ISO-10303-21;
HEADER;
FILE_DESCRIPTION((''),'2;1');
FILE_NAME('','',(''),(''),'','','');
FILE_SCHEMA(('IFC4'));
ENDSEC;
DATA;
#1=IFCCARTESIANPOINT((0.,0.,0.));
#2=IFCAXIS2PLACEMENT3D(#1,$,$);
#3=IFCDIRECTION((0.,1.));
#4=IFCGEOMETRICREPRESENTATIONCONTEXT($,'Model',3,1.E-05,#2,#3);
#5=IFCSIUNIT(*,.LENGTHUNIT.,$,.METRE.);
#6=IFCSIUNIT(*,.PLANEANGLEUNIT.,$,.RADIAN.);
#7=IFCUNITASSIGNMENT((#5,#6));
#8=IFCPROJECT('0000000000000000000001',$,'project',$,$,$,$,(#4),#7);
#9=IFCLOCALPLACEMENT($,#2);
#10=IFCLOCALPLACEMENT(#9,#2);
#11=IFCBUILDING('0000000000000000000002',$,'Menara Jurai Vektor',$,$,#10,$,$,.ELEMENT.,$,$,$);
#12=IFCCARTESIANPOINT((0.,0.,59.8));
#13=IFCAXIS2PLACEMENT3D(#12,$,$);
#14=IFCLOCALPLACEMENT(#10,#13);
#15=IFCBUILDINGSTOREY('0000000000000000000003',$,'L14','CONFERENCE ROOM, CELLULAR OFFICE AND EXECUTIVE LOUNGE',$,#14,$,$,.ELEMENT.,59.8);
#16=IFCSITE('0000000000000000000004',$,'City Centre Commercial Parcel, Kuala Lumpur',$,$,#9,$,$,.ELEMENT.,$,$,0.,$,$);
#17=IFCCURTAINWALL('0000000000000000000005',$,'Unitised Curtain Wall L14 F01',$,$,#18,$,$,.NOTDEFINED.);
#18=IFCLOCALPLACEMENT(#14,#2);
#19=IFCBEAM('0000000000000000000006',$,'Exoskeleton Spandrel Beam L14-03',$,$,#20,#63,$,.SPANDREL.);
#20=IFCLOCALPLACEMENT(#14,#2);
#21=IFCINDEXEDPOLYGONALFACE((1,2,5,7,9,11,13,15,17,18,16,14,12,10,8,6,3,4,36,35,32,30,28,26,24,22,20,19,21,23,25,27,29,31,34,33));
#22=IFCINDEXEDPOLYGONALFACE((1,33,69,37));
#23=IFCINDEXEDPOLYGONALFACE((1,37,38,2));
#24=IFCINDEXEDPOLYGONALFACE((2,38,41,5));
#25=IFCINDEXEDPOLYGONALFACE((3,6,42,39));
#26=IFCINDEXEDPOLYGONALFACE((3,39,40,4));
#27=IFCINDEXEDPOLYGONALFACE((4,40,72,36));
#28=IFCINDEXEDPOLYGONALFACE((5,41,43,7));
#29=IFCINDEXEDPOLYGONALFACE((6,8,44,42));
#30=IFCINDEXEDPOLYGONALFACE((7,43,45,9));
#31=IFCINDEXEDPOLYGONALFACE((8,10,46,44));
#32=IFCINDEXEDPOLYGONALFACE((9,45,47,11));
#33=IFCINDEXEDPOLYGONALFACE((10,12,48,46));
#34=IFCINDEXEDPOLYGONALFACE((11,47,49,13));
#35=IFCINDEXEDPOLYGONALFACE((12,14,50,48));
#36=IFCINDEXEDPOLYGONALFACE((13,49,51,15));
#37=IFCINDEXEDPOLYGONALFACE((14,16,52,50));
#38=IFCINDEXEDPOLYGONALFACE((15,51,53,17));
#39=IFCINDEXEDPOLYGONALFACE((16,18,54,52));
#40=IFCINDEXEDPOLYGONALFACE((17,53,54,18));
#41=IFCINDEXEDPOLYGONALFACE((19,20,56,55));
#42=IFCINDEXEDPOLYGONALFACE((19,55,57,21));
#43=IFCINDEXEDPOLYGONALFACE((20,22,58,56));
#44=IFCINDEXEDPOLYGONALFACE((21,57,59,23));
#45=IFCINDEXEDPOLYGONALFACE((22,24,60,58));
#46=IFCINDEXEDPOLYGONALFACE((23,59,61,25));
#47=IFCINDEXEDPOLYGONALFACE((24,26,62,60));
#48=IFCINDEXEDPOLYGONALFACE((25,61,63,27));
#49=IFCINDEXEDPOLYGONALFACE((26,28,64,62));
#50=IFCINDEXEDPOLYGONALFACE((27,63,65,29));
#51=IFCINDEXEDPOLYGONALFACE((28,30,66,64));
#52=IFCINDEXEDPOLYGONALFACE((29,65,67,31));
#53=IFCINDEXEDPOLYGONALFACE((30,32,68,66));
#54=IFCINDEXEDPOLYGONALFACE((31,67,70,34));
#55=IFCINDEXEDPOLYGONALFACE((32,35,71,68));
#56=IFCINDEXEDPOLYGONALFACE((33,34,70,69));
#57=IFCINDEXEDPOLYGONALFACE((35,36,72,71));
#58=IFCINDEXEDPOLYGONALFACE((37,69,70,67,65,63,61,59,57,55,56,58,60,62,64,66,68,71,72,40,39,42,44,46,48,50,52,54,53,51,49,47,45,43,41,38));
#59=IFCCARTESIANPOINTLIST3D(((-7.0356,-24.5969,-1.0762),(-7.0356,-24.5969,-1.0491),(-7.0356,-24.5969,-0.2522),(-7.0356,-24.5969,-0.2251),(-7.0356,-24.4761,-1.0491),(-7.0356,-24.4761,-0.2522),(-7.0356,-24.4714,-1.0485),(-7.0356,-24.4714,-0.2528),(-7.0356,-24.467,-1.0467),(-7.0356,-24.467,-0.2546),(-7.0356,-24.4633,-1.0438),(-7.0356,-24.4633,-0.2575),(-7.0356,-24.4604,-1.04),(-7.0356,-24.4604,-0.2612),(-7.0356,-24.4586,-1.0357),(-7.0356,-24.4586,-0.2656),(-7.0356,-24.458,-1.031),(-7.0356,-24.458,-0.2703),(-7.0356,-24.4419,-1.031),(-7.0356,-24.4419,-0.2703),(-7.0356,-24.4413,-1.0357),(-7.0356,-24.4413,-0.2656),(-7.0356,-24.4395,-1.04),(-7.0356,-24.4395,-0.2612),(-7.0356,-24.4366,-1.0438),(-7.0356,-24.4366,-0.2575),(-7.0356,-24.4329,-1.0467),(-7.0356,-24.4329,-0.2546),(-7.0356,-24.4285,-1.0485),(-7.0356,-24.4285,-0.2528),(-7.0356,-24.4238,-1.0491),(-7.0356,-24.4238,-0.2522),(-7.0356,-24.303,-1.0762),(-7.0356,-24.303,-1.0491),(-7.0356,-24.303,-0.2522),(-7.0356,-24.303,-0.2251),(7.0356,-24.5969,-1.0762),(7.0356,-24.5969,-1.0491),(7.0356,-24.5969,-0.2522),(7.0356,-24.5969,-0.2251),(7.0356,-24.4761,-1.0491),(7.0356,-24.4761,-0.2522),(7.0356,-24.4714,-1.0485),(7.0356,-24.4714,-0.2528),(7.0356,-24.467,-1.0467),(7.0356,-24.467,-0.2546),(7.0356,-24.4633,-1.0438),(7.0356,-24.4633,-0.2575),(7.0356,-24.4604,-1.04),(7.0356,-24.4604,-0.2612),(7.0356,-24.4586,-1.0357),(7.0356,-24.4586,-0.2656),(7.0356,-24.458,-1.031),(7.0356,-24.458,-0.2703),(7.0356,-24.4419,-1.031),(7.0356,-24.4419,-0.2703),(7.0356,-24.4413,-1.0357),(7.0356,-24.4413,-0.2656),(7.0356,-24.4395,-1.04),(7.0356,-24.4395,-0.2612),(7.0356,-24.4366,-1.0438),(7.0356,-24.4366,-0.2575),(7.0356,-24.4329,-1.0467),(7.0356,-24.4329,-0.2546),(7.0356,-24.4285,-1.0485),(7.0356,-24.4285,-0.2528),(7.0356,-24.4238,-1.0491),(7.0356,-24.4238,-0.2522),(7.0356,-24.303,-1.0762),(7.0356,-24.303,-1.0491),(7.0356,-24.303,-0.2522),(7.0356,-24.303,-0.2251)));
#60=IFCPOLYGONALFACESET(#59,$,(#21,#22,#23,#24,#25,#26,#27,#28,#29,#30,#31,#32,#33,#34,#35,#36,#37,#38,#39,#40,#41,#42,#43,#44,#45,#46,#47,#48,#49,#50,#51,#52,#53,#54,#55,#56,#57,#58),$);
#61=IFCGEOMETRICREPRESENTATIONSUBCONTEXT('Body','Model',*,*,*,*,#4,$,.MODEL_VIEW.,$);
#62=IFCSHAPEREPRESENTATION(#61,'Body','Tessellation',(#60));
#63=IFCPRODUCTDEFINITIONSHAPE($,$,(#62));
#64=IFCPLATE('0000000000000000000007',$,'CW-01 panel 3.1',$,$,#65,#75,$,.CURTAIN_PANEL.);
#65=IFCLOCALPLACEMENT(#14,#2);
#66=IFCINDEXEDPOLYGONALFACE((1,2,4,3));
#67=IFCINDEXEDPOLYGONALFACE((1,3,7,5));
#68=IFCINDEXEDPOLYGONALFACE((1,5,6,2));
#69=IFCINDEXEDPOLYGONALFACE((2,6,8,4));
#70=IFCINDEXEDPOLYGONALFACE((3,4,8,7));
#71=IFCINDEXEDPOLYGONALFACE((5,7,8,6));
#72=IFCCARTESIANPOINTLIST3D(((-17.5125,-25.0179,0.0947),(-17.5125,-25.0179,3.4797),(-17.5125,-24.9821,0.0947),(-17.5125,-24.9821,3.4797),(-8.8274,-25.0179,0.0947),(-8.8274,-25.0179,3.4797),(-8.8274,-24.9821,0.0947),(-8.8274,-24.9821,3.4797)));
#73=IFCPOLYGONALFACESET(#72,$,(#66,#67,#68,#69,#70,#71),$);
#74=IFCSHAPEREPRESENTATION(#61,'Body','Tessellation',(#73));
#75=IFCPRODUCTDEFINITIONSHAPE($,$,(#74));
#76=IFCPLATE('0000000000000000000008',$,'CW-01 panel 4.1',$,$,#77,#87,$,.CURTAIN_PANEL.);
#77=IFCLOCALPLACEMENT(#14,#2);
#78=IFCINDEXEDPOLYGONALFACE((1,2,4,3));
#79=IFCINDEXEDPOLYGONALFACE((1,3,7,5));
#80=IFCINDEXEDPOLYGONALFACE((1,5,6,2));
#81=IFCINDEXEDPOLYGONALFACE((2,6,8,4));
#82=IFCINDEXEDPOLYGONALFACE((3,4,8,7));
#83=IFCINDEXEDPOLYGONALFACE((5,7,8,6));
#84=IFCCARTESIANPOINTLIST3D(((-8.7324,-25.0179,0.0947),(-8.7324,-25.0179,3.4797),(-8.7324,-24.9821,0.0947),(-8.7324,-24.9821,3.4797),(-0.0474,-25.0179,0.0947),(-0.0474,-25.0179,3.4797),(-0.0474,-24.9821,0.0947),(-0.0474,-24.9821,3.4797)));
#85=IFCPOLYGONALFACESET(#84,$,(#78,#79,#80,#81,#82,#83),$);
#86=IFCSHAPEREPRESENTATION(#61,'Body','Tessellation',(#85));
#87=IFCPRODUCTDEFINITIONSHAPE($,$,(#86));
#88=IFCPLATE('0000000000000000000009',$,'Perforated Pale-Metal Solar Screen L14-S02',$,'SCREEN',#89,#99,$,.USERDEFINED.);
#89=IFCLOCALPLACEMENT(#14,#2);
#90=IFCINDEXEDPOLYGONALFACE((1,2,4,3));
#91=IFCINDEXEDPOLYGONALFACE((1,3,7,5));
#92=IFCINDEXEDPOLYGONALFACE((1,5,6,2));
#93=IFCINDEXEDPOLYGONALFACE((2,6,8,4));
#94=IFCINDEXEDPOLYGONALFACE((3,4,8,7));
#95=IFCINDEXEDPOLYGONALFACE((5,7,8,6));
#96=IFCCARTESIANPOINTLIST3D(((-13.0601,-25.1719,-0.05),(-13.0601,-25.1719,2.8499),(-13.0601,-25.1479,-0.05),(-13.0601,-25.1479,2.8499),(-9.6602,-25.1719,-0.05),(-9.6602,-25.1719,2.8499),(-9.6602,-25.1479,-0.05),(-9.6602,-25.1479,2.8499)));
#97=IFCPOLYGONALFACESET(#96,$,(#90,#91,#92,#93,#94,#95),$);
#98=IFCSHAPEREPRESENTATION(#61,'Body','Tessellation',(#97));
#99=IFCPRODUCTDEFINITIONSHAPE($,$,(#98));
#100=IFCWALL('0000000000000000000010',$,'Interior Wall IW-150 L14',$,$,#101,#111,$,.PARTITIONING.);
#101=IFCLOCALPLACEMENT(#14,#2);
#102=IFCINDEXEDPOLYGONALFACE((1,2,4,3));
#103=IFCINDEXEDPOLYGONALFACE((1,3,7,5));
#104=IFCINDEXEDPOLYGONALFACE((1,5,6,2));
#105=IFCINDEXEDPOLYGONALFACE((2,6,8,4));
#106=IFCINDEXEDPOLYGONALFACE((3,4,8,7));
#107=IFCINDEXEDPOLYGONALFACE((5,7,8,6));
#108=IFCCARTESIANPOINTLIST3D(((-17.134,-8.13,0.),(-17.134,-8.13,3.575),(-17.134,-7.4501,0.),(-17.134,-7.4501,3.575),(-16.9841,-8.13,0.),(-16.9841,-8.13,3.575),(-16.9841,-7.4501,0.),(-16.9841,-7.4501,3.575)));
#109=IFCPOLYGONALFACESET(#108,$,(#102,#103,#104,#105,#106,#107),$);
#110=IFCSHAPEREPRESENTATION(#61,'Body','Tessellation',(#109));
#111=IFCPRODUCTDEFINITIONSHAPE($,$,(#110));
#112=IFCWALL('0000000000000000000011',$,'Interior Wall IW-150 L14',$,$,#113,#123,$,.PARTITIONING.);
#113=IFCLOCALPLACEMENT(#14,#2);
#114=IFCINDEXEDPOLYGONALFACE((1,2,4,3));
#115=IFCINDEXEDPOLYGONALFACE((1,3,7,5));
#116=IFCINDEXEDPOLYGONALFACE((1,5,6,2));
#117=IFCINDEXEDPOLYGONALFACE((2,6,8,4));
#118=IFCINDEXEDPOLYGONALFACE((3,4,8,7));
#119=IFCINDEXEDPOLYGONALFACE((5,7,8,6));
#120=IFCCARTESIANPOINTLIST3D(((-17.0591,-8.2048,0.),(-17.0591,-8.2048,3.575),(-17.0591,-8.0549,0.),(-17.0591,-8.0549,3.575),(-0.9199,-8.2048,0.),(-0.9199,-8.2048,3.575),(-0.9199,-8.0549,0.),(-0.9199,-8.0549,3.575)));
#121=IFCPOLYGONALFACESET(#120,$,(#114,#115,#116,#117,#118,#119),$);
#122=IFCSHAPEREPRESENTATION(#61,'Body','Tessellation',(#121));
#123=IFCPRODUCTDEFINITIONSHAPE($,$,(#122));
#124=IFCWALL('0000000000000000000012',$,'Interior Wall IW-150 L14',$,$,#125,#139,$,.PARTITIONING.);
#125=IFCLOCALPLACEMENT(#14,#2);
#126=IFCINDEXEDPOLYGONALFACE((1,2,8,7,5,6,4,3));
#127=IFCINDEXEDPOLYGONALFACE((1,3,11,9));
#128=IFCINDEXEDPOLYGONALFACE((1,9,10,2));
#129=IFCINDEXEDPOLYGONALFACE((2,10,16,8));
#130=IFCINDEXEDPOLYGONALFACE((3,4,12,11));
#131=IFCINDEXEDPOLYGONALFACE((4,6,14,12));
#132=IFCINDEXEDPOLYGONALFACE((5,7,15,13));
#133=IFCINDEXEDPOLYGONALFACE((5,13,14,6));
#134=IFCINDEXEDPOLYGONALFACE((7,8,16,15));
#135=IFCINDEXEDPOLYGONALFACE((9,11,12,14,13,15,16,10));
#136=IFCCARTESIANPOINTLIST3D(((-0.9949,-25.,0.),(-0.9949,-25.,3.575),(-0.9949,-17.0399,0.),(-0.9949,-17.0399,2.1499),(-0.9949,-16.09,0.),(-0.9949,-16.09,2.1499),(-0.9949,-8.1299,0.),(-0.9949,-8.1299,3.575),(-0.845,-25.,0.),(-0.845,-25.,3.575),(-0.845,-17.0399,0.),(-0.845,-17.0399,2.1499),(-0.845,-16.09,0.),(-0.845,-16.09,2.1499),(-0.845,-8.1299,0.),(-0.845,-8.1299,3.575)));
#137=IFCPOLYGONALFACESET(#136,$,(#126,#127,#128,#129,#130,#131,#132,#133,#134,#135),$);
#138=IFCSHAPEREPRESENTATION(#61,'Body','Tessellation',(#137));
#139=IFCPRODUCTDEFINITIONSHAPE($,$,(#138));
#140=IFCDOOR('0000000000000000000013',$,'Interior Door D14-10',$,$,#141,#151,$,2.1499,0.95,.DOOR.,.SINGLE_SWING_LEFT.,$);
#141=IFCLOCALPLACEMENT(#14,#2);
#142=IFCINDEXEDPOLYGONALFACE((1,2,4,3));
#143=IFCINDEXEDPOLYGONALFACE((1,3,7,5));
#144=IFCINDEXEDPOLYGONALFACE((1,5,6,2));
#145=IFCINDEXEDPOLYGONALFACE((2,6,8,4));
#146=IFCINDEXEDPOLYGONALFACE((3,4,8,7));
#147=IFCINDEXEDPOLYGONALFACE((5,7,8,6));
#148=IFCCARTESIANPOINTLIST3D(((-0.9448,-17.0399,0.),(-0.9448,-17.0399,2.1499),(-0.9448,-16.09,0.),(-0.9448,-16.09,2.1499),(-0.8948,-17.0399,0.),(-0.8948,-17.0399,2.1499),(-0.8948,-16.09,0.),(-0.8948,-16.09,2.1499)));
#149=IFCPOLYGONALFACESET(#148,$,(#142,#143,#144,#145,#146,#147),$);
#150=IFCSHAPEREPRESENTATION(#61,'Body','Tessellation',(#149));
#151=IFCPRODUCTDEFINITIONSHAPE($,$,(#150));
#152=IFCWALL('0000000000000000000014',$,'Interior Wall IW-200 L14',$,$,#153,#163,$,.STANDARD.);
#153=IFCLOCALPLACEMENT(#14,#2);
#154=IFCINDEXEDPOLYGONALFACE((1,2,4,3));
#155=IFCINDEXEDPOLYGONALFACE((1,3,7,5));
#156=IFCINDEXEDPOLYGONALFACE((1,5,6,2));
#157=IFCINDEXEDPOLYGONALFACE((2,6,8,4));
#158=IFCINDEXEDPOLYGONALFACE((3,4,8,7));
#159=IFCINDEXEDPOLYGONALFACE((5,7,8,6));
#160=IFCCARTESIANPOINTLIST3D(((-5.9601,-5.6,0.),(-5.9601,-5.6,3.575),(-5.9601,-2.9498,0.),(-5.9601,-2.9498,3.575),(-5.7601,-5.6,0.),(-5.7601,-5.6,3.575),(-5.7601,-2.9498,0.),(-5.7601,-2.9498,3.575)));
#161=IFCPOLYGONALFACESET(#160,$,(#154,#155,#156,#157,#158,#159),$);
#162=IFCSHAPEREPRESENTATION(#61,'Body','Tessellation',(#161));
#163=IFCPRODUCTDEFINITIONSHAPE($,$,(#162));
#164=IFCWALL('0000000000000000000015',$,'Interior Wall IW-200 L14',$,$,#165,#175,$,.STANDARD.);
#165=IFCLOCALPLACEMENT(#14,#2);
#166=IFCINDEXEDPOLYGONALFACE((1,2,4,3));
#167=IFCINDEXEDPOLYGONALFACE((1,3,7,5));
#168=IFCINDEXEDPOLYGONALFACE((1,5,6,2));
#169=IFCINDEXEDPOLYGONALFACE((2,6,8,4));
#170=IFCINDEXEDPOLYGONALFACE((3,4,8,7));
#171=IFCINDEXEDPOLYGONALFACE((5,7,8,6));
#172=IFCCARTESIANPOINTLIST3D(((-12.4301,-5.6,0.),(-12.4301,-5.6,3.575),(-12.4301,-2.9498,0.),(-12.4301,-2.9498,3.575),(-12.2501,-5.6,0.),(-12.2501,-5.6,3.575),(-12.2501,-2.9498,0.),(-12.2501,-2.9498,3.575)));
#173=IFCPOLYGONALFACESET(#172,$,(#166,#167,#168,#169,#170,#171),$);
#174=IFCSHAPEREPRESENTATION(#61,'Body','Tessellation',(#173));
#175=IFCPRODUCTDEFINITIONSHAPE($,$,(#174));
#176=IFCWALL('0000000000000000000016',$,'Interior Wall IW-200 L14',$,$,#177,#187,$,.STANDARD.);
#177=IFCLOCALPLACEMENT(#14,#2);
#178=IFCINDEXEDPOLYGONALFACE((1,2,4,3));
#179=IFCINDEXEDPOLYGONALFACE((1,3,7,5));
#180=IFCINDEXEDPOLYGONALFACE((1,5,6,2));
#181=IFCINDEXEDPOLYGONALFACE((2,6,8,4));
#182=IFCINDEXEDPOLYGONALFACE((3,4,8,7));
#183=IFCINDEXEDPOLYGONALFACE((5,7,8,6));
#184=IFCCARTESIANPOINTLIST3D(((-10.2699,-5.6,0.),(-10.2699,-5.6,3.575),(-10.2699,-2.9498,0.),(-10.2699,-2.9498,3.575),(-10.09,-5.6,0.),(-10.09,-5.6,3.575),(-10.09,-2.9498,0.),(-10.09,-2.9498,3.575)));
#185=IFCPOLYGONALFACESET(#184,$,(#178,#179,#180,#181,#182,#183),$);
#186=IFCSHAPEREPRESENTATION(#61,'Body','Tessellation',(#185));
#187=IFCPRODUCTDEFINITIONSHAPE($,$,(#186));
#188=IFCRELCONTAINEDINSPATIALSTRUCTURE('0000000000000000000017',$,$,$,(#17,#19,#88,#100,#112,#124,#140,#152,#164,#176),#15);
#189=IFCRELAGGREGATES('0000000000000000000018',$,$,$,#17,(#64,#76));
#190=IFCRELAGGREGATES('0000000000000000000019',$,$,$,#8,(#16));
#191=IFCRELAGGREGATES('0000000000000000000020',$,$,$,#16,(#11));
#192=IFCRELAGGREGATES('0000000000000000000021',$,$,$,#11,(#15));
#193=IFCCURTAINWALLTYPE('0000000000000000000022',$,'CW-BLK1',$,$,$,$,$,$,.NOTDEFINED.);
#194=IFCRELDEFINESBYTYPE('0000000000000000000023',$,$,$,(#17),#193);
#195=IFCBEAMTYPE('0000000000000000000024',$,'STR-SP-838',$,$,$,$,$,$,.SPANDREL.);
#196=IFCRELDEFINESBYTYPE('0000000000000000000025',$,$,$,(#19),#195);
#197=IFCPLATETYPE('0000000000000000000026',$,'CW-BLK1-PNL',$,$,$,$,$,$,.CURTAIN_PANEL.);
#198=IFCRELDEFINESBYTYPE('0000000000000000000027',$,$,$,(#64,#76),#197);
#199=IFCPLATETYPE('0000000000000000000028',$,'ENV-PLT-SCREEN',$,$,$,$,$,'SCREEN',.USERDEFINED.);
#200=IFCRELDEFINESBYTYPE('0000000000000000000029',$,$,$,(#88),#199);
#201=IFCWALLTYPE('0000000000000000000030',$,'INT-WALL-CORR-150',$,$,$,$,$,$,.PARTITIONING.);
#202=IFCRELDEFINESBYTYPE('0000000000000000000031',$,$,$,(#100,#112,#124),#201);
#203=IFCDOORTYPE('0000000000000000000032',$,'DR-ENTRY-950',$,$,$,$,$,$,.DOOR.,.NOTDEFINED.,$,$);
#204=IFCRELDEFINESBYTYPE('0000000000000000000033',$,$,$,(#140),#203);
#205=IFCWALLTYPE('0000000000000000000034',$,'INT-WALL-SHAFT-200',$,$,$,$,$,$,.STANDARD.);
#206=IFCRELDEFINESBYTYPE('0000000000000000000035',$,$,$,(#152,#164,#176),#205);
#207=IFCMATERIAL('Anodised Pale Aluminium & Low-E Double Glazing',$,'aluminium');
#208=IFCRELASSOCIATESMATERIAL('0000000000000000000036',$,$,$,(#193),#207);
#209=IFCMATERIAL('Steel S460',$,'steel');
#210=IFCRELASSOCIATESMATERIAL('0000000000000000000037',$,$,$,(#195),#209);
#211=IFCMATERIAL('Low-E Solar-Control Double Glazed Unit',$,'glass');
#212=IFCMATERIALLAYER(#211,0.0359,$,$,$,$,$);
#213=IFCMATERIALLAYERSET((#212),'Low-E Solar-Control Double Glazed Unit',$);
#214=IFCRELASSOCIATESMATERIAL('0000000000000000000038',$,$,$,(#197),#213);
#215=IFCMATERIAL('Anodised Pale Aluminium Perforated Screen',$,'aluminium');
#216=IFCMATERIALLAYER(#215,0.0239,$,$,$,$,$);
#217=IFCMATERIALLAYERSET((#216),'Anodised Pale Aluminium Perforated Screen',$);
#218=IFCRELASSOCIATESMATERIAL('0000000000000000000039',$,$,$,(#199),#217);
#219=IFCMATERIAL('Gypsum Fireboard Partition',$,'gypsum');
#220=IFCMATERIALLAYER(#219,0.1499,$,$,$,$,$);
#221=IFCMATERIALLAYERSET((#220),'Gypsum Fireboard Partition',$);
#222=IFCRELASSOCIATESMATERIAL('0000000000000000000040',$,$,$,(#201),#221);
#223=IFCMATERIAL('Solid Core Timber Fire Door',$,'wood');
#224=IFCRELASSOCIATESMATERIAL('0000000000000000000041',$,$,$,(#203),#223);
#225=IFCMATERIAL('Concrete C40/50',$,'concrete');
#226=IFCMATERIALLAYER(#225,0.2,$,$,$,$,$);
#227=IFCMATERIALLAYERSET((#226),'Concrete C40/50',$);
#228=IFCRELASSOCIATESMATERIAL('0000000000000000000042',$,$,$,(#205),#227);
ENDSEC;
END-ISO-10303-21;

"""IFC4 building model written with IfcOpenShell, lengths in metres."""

from ifc_helpers import new_model, si_unit, direction, frame, frame_2d, origin, origin_2d, place, context, subcontext, project, spatial, rectangle, i_section, extrude, material, layer, layer_set, material_profile, profile_set, type_object, element, fill, aggregate, save


model = new_model("IFC4")

# Units and contexts
model_context = context("Model", 3, precision=1e-05, world=origin(), true_north=direction((0.0, 1.0)))
body_context = subcontext(model_context, "Body", "Model", "MODEL_VIEW")
ifc_project = project(units=[si_unit("LENGTHUNIT", "METRE"), si_unit("PLANEANGLEUNIT", "RADIAN")], contexts=[model_context])

# Site, building, storey
site_placement = place(None, origin())
site = spatial("IfcSite", under=ifc_project, at=site_placement, Name="City Centre Commercial Parcel, Kuala Lumpur", CompositionType="ELEMENT", RefElevation=0.0)
building_placement = place(site_placement, origin())
building = spatial("IfcBuilding", under=site, at=building_placement, Name="Menara Jurai Vektor", CompositionType="ELEMENT")
storey_placement = place(building_placement, frame((0.0, 0.0, 59.8)))
storey = spatial("IfcBuildingStorey", under=building, at=storey_placement, Name="L14", Description="CONFERENCE ROOM, CELLULAR OFFICE AND EXECUTIVE LOUNGE", CompositionType="ELEMENT", Elevation=59.8)

# Shared definitions
ifc_material_1 = material(Name="Steel S460", Category="steel")

# Curtain wall
ifc_material_2 = material(Name="Anodised Pale Aluminium & Low-E Double Glazing", Category="aluminium")
curtain_wall_type = type_object("IfcCurtainWallType", Name="CW-BLK1", PredefinedType="NOTDEFINED", material=ifc_material_2)
curtain_wall_placement = place(storey_placement, origin())
curtain_wall = element("IfcCurtainWall", 1, at=curtain_wall_placement, inside=storey, type_object=curtain_wall_type, Name="Unitised Curtain Wall L14 F01", PredefinedType="NOTDEFINED")

# Beam
ifc_material_profile_1 = material_profile(ifc_material_1, i_section(OverallWidth=0.2939, OverallDepth=0.8511, WebThickness=0.0161, FlangeThickness=0.0271, FilletRadius=0.0181, at=origin_2d()), Name="UKB 838x292x226")
ifc_profile_set_1 = profile_set([ifc_material_profile_1], Name="Steel S460")
beam_type_1 = type_object("IfcBeamType", Name="STR-SP-838", PredefinedType="SPANDREL", material=ifc_profile_set_1)
beam_1_placement = place(storey_placement, frame((-7.0356, -24.45, -0.6506), z_axis=(1.0, 0.0, 0.0), x_axis=(0.0, 1.0, 0.0)))
element("IfcBeam", 2, at=beam_1_placement, inside=storey, type_object=beam_type_1, Name="Exoskeleton Spandrel Beam L14-03", PredefinedType="SPANDREL", context=body_context, shape_type="SweptSolid", body=[
    extrude(i_section(OverallWidth=0.2939, OverallDepth=0.8511, WebThickness=0.0161, FlangeThickness=0.0271, FilletRadius=0.0181, at=origin_2d()), origin(), (0.0, 0.0, 1.0), 14.0713),
])

# Plates
ifc_material_3 = material(Name="Low-E Solar-Control Double Glazed Unit", Category="glass")
ifc_layer_1 = layer(ifc_material_3, 0.0359)
ifc_layer_set_1 = layer_set([ifc_layer_1], Name="Low-E Solar-Control Double Glazed Unit")
plate_type_1 = type_object("IfcPlateType", Name="CW-BLK1-PNL", PredefinedType="CURTAIN_PANEL", material=ifc_layer_set_1)
plate_1_placement = place(storey_placement, frame((-13.1699, -25.0, 0.0947), z_axis=(0.0, 0.0, 1.0), x_axis=(1.0, 0.0, 0.0)))
plate_1 = element("IfcPlate", 3, at=plate_1_placement, type_object=plate_type_1, Name="CW-01 panel 3.1", PredefinedType="CURTAIN_PANEL", context=body_context, shape_type="SweptSolid", body=[
    extrude(rectangle(XDim=8.6851, YDim=0.0359, at=origin_2d()), origin(), (0.0, 0.0, 1.0), 3.385),
])
plate_2_placement = place(storey_placement, frame((-4.3899, -25.0, 0.0947), z_axis=(0.0, 0.0, 1.0), x_axis=(1.0, 0.0, 0.0)))
plate_2 = element("IfcPlate", 4, at=plate_2_placement, type_object=plate_type_1, Name="CW-01 panel 4.1", PredefinedType="CURTAIN_PANEL", context=body_context, shape_type="SweptSolid", body=[
    extrude(rectangle(XDim=8.6851, YDim=0.0359, at=origin_2d()), origin(), (0.0, 0.0, 1.0), 3.385),
])
aggregate(curtain_wall, [plate_1, plate_2])
ifc_material_4 = material(Name="Anodised Pale Aluminium Perforated Screen", Category="aluminium")
ifc_layer_2 = layer(ifc_material_4, 0.0239)
ifc_layer_set_2 = layer_set([ifc_layer_2], Name="Anodised Pale Aluminium Perforated Screen")
plate_type_2 = type_object("IfcPlateType", Name="ENV-PLT-SCREEN", ElementType="SCREEN", PredefinedType="USERDEFINED", material=ifc_layer_set_2)
plate_3_placement = place(storey_placement, frame((-11.3601, -25.1599, -0.05), z_axis=(0.0, 0.0, 1.0), x_axis=(1.0, 0.0, 0.0)))
element("IfcPlate", 5, at=plate_3_placement, inside=storey, type_object=plate_type_2, Name="Perforated Pale-Metal Solar Screen L14-S02", ObjectType="SCREEN", PredefinedType="USERDEFINED", context=body_context, shape_type="SweptSolid", body=[
    extrude(rectangle(XDim=3.3999, YDim=0.0239, at=origin_2d()), origin(), (0.0, 0.0, 1.0), 2.8999),
])

# Walls
ifc_material_5 = material(Name="Gypsum Fireboard Partition", Category="gypsum")
ifc_layer_3 = layer(ifc_material_5, 0.1499)
ifc_layer_set_3 = layer_set([ifc_layer_3], Name="Gypsum Fireboard Partition")
wall_type_1 = type_object("IfcWallType", Name="INT-WALL-CORR-150", PredefinedType="PARTITIONING", material=ifc_layer_set_3)
wall_1_placement = place(storey_placement, frame((-17.0591, -8.1299, 0.0), z_axis=(0.0, 0.0, 1.0), x_axis=(0.0, 1.0, 0.0)))
element("IfcWall", 6, at=wall_1_placement, inside=storey, type_object=wall_type_1, Name="Interior Wall IW-150 L14", PredefinedType="PARTITIONING", context=body_context, shape_type="SweptSolid", body=[
    extrude(rectangle(XDim=0.6799, YDim=0.1499, at=frame_2d((0.3398, 0.0))), origin(), (0.0, 0.0, 1.0), 3.575),
])
wall_2_placement = place(storey_placement, frame((-17.0591, -8.1299, 0.0), z_axis=(0.0, 0.0, 1.0), x_axis=(1.0, 0.0, 0.0)))
element("IfcWall", 7, at=wall_2_placement, inside=storey, type_object=wall_type_1, Name="Interior Wall IW-150 L14", PredefinedType="PARTITIONING", context=body_context, shape_type="SweptSolid", body=[
    extrude(rectangle(XDim=16.1392, YDim=0.1499, at=frame_2d((8.0696, 0.0))), origin(), (0.0, 0.0, 1.0), 3.575),
])

# Wall, opening, door
wall_3_placement = place(storey_placement, frame((-0.9199, -25.0, 0.0), z_axis=(0.0, 0.0, 1.0), x_axis=(0.0, 1.0, 0.0)))
wall_3 = element("IfcWall", 8, at=wall_3_placement, inside=storey, type_object=wall_type_1, Name="Interior Wall IW-150 L14", PredefinedType="PARTITIONING", context=body_context, shape_type="SweptSolid", body=[
    extrude(rectangle(XDim=16.8701, YDim=0.1499, at=frame_2d((8.4351, 0.0))), origin(), (0.0, 0.0, 1.0), 3.575),
])
opening_1_placement = place(wall_3_placement, frame((7.96, 0.0, 0.0)))
opening_1 = element("IfcOpeningElement", 9, at=opening_1_placement, cuts=wall_3, PredefinedType="OPENING", context=body_context, shape_type="SweptSolid", body=[
    extrude(rectangle(XDim=0.95, YDim=2.1499, at=frame_2d((0.4751, 1.075))), frame((0.0, 0.085, 0.0), z_axis=(0.0, -1.0, 0.0), x_axis=(1.0, 0.0, 0.0)), (0.0, 0.0, 1.0), 0.1699),
])
ifc_material_6 = material(Name="Solid Core Timber Fire Door", Category="wood")
door_type = type_object("IfcDoorType", Name="DR-ENTRY-950", OperationType="NOTDEFINED", PredefinedType="DOOR", material=ifc_material_6)
door_1_placement = place(opening_1_placement, origin())
door_1 = element("IfcDoor", 10, at=door_1_placement, inside=storey, type_object=door_type, Name="Interior Door D14-10", OperationType="SINGLE_SWING_LEFT", OverallHeight=2.1499, OverallWidth=0.95, PredefinedType="DOOR", context=body_context, shape_type="SweptSolid", body=[
    extrude(rectangle(XDim=0.95, YDim=2.1499, at=frame_2d((0.4751, 1.075))), frame((0.0, 0.0249, 0.0), z_axis=(0.0, -1.0, 0.0), x_axis=(1.0, 0.0, 0.0)), (0.0, 0.0, 1.0), 0.05),
])
fill(opening_1, door_1)

# Walls
ifc_material_7 = material(Name="Concrete C40/50", Category="concrete")
ifc_layer_4 = layer(ifc_material_7, 0.2)
ifc_layer_set_4 = layer_set([ifc_layer_4], Name="Concrete C40/50")
wall_type_2 = type_object("IfcWallType", Name="INT-WALL-SHAFT-200", PredefinedType="STANDARD", material=ifc_layer_set_4)
wall_4_placement = place(storey_placement, frame((-5.8601, -5.6001, 0.0), z_axis=(0.0, 0.0, 1.0), x_axis=(0.0, 1.0, 0.0)))
element("IfcWall", 11, at=wall_4_placement, inside=storey, type_object=wall_type_2, Name="Interior Wall IW-200 L14", PredefinedType="STANDARD", context=body_context, shape_type="SweptSolid", body=[
    extrude(rectangle(XDim=2.6501, YDim=0.2, at=frame_2d((1.3252, 0.0))), origin(), (0.0, 0.0, 1.0), 3.575),
])
for number, where, z_axis, x_axis, name in (
    (12, (-12.3401, -5.6001, 0.0), (0.0, 0.0, 1.0), (0.0, 1.0, 0.0), "Interior Wall IW-200 L14"),
    (13, (-10.1799, -5.6001, 0.0), (0.0, 0.0, 1.0), (0.0, 1.0, 0.0), "Interior Wall IW-200 L14"),
):
    element("IfcWall", number, at=place(storey_placement, frame(where, z_axis=z_axis, x_axis=x_axis)), inside=storey, type_object=wall_type_2, Name=name, PredefinedType="STANDARD", context=body_context, shape_type="SweptSolid", body=[
        extrude(rectangle(XDim=2.6501, YDim=0.1799, at=frame_2d((1.3252, 0.0))), origin(), (0.0, 0.0, 1.0), 3.575),
    ])

save(model, "model.ifc")
